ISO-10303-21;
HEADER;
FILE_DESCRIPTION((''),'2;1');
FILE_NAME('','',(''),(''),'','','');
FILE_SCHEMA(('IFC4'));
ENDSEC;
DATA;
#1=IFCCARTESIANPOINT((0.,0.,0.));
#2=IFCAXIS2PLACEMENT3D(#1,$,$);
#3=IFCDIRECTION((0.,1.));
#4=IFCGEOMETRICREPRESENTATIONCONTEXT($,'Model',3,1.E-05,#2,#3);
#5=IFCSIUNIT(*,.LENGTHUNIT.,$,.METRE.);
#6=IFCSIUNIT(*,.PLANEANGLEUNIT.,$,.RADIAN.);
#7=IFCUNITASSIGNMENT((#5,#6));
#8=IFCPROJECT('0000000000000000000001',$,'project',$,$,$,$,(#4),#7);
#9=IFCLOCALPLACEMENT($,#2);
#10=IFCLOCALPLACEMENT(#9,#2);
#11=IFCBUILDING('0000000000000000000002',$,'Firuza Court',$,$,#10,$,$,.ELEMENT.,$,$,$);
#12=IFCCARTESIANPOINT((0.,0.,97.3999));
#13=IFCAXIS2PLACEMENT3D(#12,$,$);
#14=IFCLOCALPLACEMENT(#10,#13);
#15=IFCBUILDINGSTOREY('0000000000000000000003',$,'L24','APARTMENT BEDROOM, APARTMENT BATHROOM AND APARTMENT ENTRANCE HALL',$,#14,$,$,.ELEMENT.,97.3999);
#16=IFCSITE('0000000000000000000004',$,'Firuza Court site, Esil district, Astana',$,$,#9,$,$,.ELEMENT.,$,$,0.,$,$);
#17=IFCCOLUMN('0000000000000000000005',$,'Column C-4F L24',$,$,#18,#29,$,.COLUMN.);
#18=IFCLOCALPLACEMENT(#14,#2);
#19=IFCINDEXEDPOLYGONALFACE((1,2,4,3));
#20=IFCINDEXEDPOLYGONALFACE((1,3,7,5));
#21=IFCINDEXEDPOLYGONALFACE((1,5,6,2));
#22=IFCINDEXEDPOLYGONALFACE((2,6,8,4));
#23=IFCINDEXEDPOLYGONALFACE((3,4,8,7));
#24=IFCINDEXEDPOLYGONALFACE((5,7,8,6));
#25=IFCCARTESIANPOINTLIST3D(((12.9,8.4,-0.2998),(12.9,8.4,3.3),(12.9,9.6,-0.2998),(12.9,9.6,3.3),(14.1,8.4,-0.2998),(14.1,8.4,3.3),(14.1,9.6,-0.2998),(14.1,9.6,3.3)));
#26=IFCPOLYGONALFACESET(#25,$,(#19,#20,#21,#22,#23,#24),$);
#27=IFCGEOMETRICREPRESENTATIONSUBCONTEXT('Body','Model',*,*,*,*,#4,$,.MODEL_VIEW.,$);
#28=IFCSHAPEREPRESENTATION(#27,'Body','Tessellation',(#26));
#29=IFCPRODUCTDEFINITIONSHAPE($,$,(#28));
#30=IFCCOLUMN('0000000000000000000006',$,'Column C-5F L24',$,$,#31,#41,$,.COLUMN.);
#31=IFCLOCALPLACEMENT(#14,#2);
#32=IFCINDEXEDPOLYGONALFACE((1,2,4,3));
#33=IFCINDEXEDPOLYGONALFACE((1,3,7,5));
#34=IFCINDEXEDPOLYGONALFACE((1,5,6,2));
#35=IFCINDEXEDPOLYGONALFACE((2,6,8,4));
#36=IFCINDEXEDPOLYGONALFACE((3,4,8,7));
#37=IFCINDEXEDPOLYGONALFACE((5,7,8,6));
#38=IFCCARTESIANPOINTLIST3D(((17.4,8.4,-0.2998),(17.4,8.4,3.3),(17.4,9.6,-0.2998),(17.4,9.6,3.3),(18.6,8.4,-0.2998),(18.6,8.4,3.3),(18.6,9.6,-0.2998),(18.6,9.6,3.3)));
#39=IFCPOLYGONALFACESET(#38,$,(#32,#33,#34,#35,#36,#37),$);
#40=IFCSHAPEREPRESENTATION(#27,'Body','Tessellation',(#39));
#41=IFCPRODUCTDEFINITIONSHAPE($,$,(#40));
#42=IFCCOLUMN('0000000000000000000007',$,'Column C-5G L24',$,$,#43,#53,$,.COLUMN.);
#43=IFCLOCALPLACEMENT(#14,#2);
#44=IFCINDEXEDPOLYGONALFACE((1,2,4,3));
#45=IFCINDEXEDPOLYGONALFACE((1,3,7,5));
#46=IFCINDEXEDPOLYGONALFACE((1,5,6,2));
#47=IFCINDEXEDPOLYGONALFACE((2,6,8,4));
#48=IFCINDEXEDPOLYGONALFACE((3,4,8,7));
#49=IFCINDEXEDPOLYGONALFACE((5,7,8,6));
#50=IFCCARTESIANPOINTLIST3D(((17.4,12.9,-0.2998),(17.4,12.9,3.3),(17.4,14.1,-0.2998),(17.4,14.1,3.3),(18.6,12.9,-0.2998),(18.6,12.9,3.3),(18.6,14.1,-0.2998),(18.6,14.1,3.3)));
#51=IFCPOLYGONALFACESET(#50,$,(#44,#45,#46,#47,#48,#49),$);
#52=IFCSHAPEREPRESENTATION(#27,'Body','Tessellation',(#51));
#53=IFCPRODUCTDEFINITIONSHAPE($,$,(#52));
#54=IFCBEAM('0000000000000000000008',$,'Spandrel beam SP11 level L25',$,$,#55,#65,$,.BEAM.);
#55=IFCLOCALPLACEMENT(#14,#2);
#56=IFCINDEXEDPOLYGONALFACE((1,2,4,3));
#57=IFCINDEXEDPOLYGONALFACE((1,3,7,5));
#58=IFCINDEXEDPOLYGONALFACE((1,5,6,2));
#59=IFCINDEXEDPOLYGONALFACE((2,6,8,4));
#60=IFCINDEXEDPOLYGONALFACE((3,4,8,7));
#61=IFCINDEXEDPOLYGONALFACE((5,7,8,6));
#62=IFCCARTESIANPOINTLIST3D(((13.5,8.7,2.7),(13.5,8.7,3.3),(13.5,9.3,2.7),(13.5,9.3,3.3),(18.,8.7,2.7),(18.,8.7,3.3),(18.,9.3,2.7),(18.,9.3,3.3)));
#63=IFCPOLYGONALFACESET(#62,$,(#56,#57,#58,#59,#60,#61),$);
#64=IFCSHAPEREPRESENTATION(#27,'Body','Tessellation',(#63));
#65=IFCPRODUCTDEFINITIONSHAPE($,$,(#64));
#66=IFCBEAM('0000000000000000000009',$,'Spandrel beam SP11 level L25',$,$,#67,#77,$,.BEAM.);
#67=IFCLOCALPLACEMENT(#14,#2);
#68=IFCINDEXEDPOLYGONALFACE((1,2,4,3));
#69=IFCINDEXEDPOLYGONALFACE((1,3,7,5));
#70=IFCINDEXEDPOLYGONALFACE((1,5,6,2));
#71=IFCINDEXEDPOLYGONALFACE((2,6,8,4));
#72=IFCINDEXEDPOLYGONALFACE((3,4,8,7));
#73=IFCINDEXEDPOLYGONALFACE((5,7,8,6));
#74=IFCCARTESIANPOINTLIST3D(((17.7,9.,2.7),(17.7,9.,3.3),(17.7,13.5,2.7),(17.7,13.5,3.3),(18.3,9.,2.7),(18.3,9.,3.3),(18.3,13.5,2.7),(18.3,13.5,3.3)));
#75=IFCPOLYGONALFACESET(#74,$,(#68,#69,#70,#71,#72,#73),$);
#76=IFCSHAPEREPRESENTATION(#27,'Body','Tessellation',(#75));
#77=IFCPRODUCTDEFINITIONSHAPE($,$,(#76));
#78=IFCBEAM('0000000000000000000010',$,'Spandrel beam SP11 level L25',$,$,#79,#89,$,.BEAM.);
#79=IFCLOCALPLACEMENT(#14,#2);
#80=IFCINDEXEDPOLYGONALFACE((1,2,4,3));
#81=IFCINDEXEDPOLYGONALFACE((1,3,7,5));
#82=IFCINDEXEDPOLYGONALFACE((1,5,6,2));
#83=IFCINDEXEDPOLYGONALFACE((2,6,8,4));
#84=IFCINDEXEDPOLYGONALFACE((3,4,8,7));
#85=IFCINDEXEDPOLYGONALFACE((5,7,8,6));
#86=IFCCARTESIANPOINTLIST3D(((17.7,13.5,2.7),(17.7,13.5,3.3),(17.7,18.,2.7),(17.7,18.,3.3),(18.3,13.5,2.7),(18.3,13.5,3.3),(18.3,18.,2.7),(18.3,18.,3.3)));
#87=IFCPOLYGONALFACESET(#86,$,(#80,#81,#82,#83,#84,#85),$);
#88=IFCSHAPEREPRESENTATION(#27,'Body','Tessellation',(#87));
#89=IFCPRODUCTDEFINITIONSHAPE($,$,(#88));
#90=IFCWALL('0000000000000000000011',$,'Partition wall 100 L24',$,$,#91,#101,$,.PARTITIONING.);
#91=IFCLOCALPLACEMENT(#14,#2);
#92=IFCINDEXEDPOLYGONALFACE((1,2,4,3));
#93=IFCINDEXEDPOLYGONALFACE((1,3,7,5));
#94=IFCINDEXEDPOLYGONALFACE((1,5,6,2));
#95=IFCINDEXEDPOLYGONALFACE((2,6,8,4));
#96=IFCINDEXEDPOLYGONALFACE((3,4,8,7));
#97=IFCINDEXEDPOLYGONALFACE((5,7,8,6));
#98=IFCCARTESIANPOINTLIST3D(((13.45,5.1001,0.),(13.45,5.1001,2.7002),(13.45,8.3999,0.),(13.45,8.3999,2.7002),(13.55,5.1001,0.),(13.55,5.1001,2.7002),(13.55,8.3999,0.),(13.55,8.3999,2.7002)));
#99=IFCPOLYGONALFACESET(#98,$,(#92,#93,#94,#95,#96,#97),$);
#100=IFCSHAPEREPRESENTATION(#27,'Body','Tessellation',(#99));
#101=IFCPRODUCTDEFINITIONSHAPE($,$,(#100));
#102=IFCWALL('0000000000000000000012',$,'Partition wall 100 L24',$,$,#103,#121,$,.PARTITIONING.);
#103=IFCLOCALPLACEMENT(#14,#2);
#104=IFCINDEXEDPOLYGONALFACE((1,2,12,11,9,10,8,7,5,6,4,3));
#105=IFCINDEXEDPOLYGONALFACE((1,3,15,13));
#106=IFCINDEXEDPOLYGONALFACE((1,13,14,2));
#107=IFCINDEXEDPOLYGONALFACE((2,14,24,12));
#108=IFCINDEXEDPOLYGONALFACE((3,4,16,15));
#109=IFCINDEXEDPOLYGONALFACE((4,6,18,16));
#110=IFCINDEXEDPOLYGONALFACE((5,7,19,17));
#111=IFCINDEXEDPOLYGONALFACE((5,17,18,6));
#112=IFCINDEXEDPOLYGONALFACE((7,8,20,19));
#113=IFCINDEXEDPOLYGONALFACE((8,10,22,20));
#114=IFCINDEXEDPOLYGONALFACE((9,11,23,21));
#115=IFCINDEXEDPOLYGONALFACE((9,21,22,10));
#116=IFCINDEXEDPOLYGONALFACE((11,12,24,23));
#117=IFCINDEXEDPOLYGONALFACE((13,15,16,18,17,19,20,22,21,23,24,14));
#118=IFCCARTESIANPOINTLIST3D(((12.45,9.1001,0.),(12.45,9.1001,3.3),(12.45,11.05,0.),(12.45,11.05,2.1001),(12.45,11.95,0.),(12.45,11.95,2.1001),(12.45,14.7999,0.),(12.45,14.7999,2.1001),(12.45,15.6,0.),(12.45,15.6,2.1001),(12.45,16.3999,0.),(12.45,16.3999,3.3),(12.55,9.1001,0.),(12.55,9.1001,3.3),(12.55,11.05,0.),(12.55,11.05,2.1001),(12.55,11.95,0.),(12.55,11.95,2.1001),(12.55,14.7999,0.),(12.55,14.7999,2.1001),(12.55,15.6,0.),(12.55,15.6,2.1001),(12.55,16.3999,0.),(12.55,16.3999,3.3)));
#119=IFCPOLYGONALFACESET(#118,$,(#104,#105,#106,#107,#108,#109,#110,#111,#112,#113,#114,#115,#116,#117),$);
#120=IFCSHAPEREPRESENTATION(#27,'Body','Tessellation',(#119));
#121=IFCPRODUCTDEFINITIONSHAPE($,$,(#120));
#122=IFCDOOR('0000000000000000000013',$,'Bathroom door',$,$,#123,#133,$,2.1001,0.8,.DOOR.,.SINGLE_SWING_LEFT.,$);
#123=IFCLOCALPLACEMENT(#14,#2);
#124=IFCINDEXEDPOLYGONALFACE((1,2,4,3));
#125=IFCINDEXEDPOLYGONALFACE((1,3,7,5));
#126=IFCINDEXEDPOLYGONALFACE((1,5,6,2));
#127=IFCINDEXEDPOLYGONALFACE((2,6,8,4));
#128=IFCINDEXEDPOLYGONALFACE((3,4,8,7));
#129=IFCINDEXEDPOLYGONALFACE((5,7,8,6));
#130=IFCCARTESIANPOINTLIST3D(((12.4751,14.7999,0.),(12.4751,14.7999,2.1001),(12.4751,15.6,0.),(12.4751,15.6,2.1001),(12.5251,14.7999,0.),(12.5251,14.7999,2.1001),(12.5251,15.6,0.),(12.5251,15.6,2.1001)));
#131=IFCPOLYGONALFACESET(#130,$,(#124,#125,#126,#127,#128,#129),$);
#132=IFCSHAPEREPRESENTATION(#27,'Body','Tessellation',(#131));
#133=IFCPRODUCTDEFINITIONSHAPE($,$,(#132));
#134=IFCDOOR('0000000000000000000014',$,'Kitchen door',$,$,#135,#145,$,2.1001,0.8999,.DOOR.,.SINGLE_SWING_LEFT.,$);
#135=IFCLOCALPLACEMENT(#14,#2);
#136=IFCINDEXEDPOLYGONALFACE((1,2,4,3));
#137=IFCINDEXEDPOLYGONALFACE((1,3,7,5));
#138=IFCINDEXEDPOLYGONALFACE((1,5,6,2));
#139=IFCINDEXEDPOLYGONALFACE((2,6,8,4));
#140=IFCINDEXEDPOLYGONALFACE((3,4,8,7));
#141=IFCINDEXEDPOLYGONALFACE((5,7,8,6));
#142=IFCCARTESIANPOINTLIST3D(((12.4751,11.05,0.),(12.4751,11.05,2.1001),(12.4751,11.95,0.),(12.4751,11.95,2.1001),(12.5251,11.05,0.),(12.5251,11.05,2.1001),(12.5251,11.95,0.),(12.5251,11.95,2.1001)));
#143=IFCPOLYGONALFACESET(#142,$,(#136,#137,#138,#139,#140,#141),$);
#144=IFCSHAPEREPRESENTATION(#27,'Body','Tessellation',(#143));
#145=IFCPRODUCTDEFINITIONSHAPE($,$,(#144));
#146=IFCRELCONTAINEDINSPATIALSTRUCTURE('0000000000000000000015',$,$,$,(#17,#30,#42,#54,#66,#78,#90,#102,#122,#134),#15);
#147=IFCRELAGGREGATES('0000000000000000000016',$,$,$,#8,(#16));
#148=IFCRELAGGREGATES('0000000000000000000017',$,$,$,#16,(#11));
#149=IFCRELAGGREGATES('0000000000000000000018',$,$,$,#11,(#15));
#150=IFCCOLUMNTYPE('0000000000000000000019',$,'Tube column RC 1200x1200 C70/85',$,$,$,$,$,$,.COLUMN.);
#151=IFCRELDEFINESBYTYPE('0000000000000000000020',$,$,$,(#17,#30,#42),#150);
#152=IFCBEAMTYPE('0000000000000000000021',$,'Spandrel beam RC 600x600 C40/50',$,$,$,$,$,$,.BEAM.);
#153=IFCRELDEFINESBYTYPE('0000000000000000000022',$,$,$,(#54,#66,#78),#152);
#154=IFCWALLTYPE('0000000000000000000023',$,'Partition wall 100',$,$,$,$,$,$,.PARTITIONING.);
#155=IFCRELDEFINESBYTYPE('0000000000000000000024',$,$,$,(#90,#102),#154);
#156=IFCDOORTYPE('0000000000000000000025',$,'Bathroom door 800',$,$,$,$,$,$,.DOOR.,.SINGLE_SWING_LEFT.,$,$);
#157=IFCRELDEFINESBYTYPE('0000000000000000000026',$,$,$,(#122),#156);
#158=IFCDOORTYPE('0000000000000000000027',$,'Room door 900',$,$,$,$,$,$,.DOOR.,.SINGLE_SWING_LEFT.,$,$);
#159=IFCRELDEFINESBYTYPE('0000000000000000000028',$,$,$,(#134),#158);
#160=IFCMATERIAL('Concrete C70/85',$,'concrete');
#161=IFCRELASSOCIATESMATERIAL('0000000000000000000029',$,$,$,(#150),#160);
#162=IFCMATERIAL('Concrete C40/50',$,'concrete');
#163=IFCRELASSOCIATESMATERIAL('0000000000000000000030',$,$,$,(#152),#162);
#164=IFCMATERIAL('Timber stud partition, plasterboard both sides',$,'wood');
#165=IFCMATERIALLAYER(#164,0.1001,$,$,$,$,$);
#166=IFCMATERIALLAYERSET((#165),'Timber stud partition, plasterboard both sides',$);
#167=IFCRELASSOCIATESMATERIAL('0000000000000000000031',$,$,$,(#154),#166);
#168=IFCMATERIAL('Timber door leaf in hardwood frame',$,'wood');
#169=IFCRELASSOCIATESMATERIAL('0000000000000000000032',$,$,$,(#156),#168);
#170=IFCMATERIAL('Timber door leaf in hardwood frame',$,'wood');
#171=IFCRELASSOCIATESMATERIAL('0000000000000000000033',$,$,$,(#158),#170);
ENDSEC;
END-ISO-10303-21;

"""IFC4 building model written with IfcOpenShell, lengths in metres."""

from ifc_helpers import new_model, si_unit, direction, frame, frame_2d, origin, origin_2d, place, context, subcontext, project, spatial, rectangle, extrude, material, layer, layer_set, material_profile, profile_set, type_object, element, fill, save


model = new_model("IFC4")

# Units and contexts
model_context = context("Model", 3, precision=1e-05, world=origin(), true_north=direction((0.0, 1.0)))
body_context = subcontext(model_context, "Body", "Model", "MODEL_VIEW")
ifc_project = project(units=[si_unit("LENGTHUNIT", "METRE"), si_unit("PLANEANGLEUNIT", "RADIAN")], contexts=[model_context])

# Site, building, storey
site_placement = place(None, origin())
site = spatial("IfcSite", under=ifc_project, at=site_placement, Name="Firuza Court site, Esil district, Astana", CompositionType="ELEMENT", RefElevation=0.0)
building_placement = place(site_placement, origin())
building = spatial("IfcBuilding", under=site, at=building_placement, Name="Firuza Court", CompositionType="ELEMENT")
storey_placement = place(building_placement, frame((0.0, 0.0, 97.3999)))
storey = spatial("IfcBuildingStorey", under=building, at=storey_placement, Name="L24", Description="APARTMENT BEDROOM, APARTMENT BATHROOM AND APARTMENT ENTRANCE HALL", CompositionType="ELEMENT", Elevation=97.3999)

# Columns
ifc_material_1 = material(Name="Concrete C70/85", Category="concrete")
ifc_material_profile_1 = material_profile(ifc_material_1, rectangle(XDim=1.2, YDim=1.2, at=origin_2d()), Name="RC 1200x1200")
ifc_profile_set_1 = profile_set([ifc_material_profile_1], Name="Concrete C70/85")
column_type = type_object("IfcColumnType", Name="Tube column RC 1200x1200 C70/85", PredefinedType="COLUMN", material=ifc_profile_set_1)
for number, where, z_axis, x_axis, name in (
    (1, (13.5, 9.0, -0.2998), (0.0, 0.0, 1.0), (1.0, 0.0, 0.0), "Column C-4F L24"),
    (2, (18.0, 9.0, -0.2998), (0.0, 0.0, 1.0), (1.0, 0.0, 0.0), "Column C-5F L24"),
    (3, (18.0, 13.5, -0.2998), (0.0, 0.0, 1.0), (1.0, 0.0, 0.0), "Column C-5G L24"),
):
    element("IfcColumn", number, at=place(storey_placement, frame(where, z_axis=z_axis, x_axis=x_axis)), inside=storey, type_object=column_type, Name=name, PredefinedType="COLUMN", context=body_context, shape_type="SweptSolid", body=[
        extrude(rectangle(XDim=1.2, YDim=1.2, at=origin_2d()), origin(), (0.0, 0.0, 1.0), 3.5999),
    ])

# Beams
ifc_material_2 = material(Name="Concrete C40/50", Category="concrete")
ifc_material_profile_2 = material_profile(ifc_material_2, rectangle(XDim=0.6001, YDim=0.6001, at=origin_2d()), Name="RC 600x600")
ifc_profile_set_2 = profile_set([ifc_material_profile_2], Name="Concrete C40/50")
beam_type = type_object("IfcBeamType", Name="Spandrel beam RC 600x600 C40/50", PredefinedType="BEAM", material=ifc_profile_set_2)
for number, where, z_axis, x_axis, name in (
    (4, (13.5, 9.0, 3.0), (1.0, 0.0, 0.0), (0.0, 1.0, 0.0), "Spandrel beam SP11 level L25"),
    (5, (18.0, 9.0, 3.0), (0.0, 1.0, 0.0), (-1.0, 0.0, 0.0), "Spandrel beam SP11 level L25"),
    (6, (18.0, 13.5, 3.0), (0.0, 1.0, 0.0), (-1.0, 0.0, 0.0), "Spandrel beam SP11 level L25"),
):
    element("IfcBeam", number, at=place(storey_placement, frame(where, z_axis=z_axis, x_axis=x_axis)), inside=storey, type_object=beam_type, Name=name, PredefinedType="BEAM", context=body_context, shape_type="SweptSolid", body=[
        extrude(rectangle(XDim=0.6001, YDim=0.6001, at=origin_2d()), origin(), (0.0, 0.0, 1.0), 4.5),
    ])

# Wall
ifc_material_3 = material(Name="Timber stud partition, plasterboard both sides", Category="wood")
ifc_layer_1 = layer(ifc_material_3, 0.1001)
ifc_layer_set_1 = layer_set([ifc_layer_1], Name="Timber stud partition, plasterboard both sides")
wall_type_1 = type_object("IfcWallType", Name="Partition wall 100", PredefinedType="PARTITIONING", material=ifc_layer_set_1)
wall_1_placement = place(storey_placement, frame((13.5, 5.1001, 0.0), z_axis=(0.0, 0.0, 1.0), x_axis=(0.0, 1.0, 0.0)))
element("IfcWall", 7, at=wall_1_placement, inside=storey, type_object=wall_type_1, Name="Partition wall 100 L24", PredefinedType="PARTITIONING", context=body_context, shape_type="SweptSolid", body=[
    extrude(rectangle(XDim=3.2998, YDim=0.1001, at=frame_2d((1.6499, 0.0))), origin(), (0.0, 0.0, 1.0), 2.7002),
])

# Wall, openings, doors
wall_2_placement = place(storey_placement, frame((12.5, 9.1001, 0.0), z_axis=(0.0, 0.0, 1.0), x_axis=(0.0, 1.0, 0.0)))
wall_2 = element("IfcWall", 8, at=wall_2_placement, inside=storey, type_object=wall_type_1, Name="Partition wall 100 L24", PredefinedType="PARTITIONING", context=body_context, shape_type="SweptSolid", body=[
    extrude(rectangle(XDim=7.2998, YDim=0.1001, at=frame_2d((3.6499, 0.0))), origin(), (0.0, 0.0, 1.0), 3.3),
])
opening_1_placement = place(wall_2_placement, frame((5.7, 0.0, 0.0)))
opening_1 = element("IfcOpeningElement", 9, at=opening_1_placement, cuts=wall_2, PredefinedType="OPENING", context=body_context, shape_type="SweptSolid", body=[
    extrude(rectangle(XDim=0.8, YDim=2.1001, at=frame_2d((0.3999, 1.05))), frame((0.0, 0.062, 0.0), z_axis=(0.0, -1.0, 0.0), x_axis=(1.0, 0.0, 0.0)), (0.0, 0.0, 1.0), 0.124),
])
opening_2_placement = place(wall_2_placement, frame((1.95, 0.0, 0.0)))
opening_2 = element("IfcOpeningElement", 10, at=opening_2_placement, cuts=wall_2, PredefinedType="OPENING", context=body_context, shape_type="SweptSolid", body=[
    extrude(rectangle(XDim=0.8999, YDim=2.1001, at=frame_2d((0.45, 1.05))), frame((0.0, 0.062, 0.0), z_axis=(0.0, -1.0, 0.0), x_axis=(1.0, 0.0, 0.0)), (0.0, 0.0, 1.0), 0.124),
])
ifc_material_4 = material(Name="Timber door leaf in hardwood frame", Category="wood")
door_type_1 = type_object("IfcDoorType", Name="Bathroom door 800", OperationType="SINGLE_SWING_LEFT", PredefinedType="DOOR", material=ifc_material_4)
door_1_placement = place(opening_1_placement, origin())
door_1 = element("IfcDoor", 11, at=door_1_placement, inside=storey, type_object=door_type_1, Name="Bathroom door", OperationType="SINGLE_SWING_LEFT", OverallHeight=2.1001, OverallWidth=0.8, PredefinedType="DOOR", context=body_context, shape_type="SweptSolid", body=[
    extrude(rectangle(XDim=0.8, YDim=2.1001, at=frame_2d((0.3999, 1.05))), frame((0.0, 0.0249, 0.0), z_axis=(0.0, -1.0, 0.0), x_axis=(1.0, 0.0, 0.0)), (0.0, 0.0, 1.0), 0.05),
])
fill(opening_1, door_1)
ifc_material_5 = material(Name="Timber door leaf in hardwood frame", Category="wood")
door_type_2 = type_object("IfcDoorType", Name="Room door 900", OperationType="SINGLE_SWING_LEFT", PredefinedType="DOOR", material=ifc_material_5)
door_2_placement = place(opening_2_placement, origin())
door_2 = element("IfcDoor", 12, at=door_2_placement, inside=storey, type_object=door_type_2, Name="Kitchen door", OperationType="SINGLE_SWING_LEFT", OverallHeight=2.1001, OverallWidth=0.8999, PredefinedType="DOOR", context=body_context, shape_type="SweptSolid", body=[
    extrude(rectangle(XDim=0.8999, YDim=2.1001, at=frame_2d((0.45, 1.05))), frame((0.0, 0.0249, 0.0), z_axis=(0.0, -1.0, 0.0), x_axis=(1.0, 0.0, 0.0)), (0.0, 0.0, 1.0), 0.05),
])
fill(opening_2, door_2)

save(model, "model.ifc")
